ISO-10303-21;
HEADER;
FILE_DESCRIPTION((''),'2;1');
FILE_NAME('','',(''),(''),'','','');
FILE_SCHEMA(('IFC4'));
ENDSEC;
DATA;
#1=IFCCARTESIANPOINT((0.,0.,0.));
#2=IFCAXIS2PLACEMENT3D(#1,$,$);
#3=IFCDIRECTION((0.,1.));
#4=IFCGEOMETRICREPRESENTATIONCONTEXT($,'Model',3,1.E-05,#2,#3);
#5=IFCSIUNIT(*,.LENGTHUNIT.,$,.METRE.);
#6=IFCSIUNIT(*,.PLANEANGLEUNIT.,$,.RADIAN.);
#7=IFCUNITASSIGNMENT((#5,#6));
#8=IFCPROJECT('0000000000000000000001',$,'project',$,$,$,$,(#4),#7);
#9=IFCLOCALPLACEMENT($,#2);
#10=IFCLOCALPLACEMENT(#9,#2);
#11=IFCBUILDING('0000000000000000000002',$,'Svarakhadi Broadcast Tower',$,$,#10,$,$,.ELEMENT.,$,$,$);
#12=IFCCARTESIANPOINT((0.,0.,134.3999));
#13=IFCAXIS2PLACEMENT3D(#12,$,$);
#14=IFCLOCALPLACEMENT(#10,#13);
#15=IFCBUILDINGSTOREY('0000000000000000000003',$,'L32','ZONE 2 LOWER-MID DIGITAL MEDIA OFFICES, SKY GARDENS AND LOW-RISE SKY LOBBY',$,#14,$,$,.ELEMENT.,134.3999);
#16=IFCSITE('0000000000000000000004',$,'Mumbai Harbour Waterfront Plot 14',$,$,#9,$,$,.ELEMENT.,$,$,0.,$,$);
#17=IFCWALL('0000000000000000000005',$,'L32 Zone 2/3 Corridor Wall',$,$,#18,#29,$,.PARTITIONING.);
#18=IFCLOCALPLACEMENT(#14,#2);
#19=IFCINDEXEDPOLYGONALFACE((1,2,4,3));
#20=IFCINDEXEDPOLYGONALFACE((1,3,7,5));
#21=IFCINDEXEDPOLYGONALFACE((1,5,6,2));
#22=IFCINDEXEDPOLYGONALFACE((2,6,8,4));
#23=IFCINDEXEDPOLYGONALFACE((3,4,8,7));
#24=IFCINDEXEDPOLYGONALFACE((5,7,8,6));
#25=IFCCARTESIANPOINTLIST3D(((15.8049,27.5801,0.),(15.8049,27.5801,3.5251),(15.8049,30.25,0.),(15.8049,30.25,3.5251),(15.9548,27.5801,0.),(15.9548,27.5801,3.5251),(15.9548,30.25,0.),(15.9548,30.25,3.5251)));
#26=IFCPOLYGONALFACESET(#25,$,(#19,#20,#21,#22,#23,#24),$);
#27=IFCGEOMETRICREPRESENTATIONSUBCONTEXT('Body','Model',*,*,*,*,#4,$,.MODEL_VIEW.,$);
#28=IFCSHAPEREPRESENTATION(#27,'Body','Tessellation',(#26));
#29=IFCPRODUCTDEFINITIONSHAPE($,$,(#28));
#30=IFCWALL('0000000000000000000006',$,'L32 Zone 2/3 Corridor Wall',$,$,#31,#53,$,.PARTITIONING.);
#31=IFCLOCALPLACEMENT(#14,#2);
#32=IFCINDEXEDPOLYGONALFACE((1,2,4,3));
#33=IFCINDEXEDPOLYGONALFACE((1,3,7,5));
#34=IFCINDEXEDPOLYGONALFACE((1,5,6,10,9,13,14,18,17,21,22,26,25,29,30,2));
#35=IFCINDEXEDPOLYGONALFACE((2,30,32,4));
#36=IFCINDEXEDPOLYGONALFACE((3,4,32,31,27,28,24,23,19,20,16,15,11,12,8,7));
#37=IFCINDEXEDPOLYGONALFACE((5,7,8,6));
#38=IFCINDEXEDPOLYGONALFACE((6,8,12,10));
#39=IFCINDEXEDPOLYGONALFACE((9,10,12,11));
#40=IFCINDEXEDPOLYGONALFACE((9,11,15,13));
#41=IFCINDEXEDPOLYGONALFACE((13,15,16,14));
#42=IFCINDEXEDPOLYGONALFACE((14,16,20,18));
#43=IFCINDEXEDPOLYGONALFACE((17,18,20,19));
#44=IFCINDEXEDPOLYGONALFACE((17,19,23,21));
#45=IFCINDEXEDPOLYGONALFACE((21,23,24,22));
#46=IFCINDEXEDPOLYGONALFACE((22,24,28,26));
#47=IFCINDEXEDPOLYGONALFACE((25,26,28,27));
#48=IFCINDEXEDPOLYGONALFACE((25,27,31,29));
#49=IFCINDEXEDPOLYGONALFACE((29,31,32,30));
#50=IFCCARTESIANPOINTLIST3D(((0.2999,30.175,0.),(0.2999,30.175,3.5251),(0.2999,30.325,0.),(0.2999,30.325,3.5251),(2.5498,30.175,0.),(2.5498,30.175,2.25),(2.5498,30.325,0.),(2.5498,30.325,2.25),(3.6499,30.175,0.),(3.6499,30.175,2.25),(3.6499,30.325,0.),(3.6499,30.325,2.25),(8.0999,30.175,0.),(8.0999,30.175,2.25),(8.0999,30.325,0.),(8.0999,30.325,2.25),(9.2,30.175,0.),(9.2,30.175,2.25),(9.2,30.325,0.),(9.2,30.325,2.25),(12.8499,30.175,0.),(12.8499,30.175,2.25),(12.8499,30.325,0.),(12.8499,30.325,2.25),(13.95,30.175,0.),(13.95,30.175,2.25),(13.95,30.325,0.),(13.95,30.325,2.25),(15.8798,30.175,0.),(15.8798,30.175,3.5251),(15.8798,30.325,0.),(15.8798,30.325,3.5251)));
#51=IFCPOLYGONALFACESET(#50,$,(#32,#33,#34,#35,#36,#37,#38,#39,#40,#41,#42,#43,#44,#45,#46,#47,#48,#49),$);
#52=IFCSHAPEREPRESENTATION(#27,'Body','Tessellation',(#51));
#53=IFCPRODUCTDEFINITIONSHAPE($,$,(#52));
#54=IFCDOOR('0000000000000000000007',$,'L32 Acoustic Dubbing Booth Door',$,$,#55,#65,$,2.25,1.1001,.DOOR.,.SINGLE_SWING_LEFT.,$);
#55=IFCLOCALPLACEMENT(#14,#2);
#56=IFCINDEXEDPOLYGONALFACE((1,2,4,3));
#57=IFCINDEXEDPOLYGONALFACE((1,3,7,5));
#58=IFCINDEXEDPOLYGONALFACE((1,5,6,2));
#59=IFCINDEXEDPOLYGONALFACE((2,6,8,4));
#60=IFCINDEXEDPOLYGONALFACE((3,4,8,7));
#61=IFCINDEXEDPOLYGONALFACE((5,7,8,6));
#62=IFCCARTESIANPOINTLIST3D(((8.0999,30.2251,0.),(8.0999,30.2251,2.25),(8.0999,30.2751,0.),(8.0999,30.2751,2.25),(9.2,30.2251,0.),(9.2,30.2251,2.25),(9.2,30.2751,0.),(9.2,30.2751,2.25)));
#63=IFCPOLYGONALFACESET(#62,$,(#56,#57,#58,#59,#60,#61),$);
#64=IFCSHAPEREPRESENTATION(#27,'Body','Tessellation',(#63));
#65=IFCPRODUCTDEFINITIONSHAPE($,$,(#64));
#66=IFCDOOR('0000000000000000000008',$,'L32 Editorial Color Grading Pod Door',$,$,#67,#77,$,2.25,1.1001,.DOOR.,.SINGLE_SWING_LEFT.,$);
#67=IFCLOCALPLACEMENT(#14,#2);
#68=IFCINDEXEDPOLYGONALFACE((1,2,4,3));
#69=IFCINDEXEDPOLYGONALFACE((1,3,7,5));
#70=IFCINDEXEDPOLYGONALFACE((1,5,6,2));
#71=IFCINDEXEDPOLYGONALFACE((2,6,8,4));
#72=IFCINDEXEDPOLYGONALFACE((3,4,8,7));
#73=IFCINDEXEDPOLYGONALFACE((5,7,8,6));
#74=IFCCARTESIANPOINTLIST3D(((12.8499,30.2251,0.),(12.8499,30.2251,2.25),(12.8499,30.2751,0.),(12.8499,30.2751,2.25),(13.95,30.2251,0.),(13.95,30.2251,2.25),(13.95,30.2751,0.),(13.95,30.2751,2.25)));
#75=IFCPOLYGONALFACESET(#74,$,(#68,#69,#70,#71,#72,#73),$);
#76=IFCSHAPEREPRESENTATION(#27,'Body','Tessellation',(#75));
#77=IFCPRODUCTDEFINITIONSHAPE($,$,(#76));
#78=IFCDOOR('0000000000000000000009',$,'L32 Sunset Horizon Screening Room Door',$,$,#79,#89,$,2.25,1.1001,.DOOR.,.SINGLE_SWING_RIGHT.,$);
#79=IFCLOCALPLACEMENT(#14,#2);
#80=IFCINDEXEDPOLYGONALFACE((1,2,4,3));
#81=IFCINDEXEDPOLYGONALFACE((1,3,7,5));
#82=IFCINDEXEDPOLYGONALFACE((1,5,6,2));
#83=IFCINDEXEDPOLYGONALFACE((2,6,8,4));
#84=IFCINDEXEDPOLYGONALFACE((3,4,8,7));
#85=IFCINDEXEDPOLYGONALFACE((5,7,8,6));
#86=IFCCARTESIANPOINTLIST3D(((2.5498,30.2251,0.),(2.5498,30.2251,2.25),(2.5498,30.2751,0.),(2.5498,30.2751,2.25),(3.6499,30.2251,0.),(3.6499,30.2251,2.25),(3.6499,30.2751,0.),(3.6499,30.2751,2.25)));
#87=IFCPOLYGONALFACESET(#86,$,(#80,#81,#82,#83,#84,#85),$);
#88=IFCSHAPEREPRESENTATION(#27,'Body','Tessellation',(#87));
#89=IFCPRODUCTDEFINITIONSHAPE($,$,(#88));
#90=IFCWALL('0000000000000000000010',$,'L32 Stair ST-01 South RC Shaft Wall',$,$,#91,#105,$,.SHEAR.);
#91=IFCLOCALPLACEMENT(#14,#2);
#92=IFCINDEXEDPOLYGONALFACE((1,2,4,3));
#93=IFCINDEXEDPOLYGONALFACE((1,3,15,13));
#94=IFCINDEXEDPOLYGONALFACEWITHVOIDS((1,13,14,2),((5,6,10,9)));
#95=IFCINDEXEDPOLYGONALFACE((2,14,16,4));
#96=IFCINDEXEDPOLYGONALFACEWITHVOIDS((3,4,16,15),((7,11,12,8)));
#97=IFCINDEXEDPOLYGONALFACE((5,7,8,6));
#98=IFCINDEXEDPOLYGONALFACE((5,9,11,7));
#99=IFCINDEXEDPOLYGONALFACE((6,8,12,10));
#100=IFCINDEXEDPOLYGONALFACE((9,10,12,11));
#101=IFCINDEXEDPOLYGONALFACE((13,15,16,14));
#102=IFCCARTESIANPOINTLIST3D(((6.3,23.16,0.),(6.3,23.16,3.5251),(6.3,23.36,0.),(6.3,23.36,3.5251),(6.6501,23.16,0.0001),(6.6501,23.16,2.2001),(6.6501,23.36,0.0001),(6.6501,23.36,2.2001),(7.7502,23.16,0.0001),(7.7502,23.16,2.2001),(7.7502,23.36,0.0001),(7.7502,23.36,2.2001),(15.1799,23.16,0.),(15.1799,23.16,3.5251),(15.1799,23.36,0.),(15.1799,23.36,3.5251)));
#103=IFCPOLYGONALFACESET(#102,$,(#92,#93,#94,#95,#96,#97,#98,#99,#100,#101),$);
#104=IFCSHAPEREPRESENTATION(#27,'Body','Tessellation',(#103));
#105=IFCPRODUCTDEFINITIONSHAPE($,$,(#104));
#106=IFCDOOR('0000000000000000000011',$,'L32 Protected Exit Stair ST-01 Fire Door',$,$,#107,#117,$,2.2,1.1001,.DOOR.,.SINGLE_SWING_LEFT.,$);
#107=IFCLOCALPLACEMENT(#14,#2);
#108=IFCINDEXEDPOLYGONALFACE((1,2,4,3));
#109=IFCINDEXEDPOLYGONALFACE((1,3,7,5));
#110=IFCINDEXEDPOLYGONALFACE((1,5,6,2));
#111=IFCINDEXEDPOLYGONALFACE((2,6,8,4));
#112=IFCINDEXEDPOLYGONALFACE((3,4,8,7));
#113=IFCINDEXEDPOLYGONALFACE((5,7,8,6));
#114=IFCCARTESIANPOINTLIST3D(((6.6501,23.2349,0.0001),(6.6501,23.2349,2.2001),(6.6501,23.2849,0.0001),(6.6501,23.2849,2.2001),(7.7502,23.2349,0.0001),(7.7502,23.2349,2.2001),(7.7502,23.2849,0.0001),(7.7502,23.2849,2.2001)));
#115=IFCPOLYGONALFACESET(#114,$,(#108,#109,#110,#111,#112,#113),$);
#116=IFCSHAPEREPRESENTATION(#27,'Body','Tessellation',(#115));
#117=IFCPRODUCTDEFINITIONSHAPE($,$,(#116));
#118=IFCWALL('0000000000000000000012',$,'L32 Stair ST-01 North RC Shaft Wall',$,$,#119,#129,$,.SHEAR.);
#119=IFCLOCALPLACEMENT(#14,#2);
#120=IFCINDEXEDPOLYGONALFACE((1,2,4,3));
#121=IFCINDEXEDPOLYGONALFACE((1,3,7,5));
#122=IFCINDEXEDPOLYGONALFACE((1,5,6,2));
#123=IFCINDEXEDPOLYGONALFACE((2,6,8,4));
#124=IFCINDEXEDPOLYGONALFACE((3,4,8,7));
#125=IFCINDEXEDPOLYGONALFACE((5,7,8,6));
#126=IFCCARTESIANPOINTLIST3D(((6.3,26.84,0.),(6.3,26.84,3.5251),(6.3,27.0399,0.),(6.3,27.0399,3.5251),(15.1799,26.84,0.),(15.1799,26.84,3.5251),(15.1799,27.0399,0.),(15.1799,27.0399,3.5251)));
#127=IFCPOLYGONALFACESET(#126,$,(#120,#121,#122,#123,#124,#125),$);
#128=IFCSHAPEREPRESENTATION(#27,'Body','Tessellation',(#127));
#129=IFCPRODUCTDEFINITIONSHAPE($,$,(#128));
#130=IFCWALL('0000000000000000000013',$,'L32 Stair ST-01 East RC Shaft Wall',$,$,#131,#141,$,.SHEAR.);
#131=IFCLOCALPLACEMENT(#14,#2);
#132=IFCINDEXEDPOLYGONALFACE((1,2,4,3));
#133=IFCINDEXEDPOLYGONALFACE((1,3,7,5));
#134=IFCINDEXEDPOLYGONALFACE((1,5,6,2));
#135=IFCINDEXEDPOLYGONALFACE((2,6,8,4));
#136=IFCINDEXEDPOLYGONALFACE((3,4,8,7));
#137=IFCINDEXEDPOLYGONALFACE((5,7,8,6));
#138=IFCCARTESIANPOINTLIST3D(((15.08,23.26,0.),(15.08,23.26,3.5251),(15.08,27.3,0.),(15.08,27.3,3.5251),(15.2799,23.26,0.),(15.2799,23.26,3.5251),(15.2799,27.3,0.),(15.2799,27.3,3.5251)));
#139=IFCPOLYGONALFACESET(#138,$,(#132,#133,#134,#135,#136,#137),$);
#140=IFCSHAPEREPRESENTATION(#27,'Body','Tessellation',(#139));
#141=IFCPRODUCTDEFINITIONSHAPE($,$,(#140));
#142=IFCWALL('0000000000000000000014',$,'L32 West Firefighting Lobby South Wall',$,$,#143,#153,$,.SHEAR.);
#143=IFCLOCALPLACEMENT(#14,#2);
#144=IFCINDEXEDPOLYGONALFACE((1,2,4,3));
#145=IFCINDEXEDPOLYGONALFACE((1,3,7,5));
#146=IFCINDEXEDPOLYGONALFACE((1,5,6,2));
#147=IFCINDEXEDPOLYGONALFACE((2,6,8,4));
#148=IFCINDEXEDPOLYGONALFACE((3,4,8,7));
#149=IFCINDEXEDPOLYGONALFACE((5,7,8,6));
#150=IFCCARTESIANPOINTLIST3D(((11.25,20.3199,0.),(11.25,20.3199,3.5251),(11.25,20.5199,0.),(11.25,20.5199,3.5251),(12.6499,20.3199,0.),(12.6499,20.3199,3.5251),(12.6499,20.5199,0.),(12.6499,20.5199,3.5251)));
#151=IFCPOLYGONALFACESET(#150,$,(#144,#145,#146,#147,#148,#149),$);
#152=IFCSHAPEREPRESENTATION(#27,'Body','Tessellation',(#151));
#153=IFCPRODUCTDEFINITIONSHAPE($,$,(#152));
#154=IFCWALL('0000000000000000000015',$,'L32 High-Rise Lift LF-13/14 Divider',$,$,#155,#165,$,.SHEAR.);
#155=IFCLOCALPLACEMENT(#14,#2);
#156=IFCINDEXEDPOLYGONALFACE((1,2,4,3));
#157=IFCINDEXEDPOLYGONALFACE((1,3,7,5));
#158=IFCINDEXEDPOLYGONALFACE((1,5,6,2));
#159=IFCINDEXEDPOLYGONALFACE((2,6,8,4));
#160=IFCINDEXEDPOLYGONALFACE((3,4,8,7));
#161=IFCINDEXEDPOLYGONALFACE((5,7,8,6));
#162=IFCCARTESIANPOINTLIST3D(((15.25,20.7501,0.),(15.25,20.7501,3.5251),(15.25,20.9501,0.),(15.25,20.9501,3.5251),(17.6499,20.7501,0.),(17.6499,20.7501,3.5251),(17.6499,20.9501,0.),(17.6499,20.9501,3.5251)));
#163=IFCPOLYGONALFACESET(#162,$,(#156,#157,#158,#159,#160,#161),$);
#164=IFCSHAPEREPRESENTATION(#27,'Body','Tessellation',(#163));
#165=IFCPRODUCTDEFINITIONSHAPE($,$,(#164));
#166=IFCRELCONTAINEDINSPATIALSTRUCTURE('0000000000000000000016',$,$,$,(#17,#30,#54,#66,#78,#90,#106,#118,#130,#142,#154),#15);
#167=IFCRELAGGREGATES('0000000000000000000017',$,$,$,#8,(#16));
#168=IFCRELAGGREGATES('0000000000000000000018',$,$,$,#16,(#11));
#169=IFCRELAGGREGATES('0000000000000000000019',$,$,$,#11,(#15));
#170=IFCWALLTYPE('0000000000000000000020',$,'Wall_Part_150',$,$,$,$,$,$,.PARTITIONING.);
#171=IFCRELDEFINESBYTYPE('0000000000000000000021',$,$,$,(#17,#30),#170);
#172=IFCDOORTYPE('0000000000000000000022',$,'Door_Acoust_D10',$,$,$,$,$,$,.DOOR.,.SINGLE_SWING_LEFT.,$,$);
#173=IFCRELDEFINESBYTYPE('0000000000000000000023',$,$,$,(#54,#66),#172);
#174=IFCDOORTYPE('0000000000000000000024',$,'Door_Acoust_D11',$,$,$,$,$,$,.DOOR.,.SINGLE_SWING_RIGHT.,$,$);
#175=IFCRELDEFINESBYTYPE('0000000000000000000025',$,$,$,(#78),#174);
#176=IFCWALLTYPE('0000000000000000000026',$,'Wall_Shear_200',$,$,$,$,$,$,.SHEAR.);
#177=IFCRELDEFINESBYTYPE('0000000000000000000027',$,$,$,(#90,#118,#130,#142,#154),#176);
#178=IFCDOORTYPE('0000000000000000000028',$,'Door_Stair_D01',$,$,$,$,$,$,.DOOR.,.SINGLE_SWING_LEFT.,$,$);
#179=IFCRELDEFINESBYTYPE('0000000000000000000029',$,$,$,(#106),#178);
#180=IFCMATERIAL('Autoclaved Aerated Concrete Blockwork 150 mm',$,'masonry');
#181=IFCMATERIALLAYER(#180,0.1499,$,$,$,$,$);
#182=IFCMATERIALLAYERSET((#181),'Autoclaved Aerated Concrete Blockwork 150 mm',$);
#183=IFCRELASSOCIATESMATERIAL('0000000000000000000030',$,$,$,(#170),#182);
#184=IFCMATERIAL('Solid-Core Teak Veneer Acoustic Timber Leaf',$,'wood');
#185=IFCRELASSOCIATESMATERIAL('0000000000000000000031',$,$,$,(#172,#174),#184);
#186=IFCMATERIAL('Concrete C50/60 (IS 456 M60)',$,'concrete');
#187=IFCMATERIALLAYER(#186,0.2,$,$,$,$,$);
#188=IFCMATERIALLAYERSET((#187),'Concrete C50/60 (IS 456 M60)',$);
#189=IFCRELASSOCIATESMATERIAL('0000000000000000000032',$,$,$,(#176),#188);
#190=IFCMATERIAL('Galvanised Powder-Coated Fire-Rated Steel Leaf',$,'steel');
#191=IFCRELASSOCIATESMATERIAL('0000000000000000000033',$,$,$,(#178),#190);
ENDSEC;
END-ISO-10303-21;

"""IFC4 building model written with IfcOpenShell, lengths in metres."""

from ifc_helpers import new_model, si_unit, direction, frame, frame_2d, origin, place, context, subcontext, project, spatial, rectangle, extrude, material, layer, layer_set, type_object, element, fill, save


model = new_model("IFC4")

# Units and contexts
model_context = context("Model", 3, precision=1e-05, world=origin(), true_north=direction((0.0, 1.0)))
body_context = subcontext(model_context, "Body", "Model", "MODEL_VIEW")
ifc_project = project(units=[si_unit("LENGTHUNIT", "METRE"), si_unit("PLANEANGLEUNIT", "RADIAN")], contexts=[model_context])

# Site, building, storey
site_placement = place(None, origin())
site = spatial("IfcSite", under=ifc_project, at=site_placement, Name="Mumbai Harbour Waterfront Plot 14", CompositionType="ELEMENT", RefElevation=0.0)
building_placement = place(site_placement, origin())
building = spatial("IfcBuilding", under=site, at=building_placement, Name="Svarakhadi Broadcast Tower", CompositionType="ELEMENT")
storey_placement = place(building_placement, frame((0.0, 0.0, 134.3999)))
storey = spatial("IfcBuildingStorey", under=building, at=storey_placement, Name="L32", Description="ZONE 2 LOWER-MID DIGITAL MEDIA OFFICES, SKY GARDENS AND LOW-RISE SKY LOBBY", CompositionType="ELEMENT", Elevation=134.3999)

# Shared definitions
ifc_material_1 = material(Name="Concrete C50/60 (IS 456 M60)", Category="concrete")

# Wall
ifc_material_2 = material(Name="Autoclaved Aerated Concrete Blockwork 150 mm", Category="masonry")
ifc_layer_1 = layer(ifc_material_2, 0.1499)
ifc_layer_set_1 = layer_set([ifc_layer_1], Name="Autoclaved Aerated Concrete Blockwork 150 mm")
wall_type_1 = type_object("IfcWallType", Name="Wall_Part_150", PredefinedType="PARTITIONING", material=ifc_layer_set_1)
for number, where, z_axis, x_axis, name in (
    (1, (15.8799, 27.5801, 0.0), (0.0, 0.0, 1.0), (0.0, 1.0, 0.0), "L32 Zone 2/3 Corridor Wall"),
):
    element("IfcWall", number, at=place(storey_placement, frame(where, z_axis=z_axis, x_axis=x_axis)), inside=storey, type_object=wall_type_1, Name=name, PredefinedType="PARTITIONING", context=body_context, shape_type="SweptSolid", body=[
        extrude(rectangle(XDim=2.6699, YDim=0.1499, at=frame_2d((1.335, 0.0))), origin(), (0.0, 0.0, 1.0), 3.5251),
    ])

# Wall, openings, doors
wall_1_placement = place(storey_placement, frame((15.8799, 30.25, 0.0), z_axis=(0.0, 0.0, 1.0), x_axis=(-1.0, 0.0, 0.0)))
wall_1 = element("IfcWall", 2, at=wall_1_placement, inside=storey, type_object=wall_type_1, Name="L32 Zone 2/3 Corridor Wall", PredefinedType="PARTITIONING", context=body_context, shape_type="SweptSolid", body=[
    extrude(rectangle(XDim=15.5798, YDim=0.1499, at=frame_2d((7.79, 0.0))), origin(), (0.0, 0.0, 1.0), 3.5251),
])
opening_1_placement = place(wall_1_placement, frame((12.23, 0.0, 0.0)))
opening_1 = element("IfcOpeningElement", 3, at=opening_1_placement, cuts=wall_1, PredefinedType="OPENING", context=body_context, shape_type="SweptSolid", body=[
    extrude(rectangle(XDim=1.1001, YDim=2.25, at=frame_2d((0.55, 1.125))), frame((0.0, 0.085, 0.0), z_axis=(0.0, -1.0, 0.0), x_axis=(1.0, 0.0, 0.0)), (0.0, 0.0, 1.0), 0.1699),
])
opening_2_placement = place(wall_1_placement, frame((6.6799, 0.0, 0.0)))
opening_2 = element("IfcOpeningElement", 4, at=opening_2_placement, cuts=wall_1, PredefinedType="OPENING", context=body_context, shape_type="SweptSolid", body=[
    extrude(rectangle(XDim=1.1001, YDim=2.25, at=frame_2d((0.55, 1.125))), frame((0.0, 0.085, 0.0), z_axis=(0.0, -1.0, 0.0), x_axis=(1.0, 0.0, 0.0)), (0.0, 0.0, 1.0), 0.1699),
])
opening_3_placement = place(wall_1_placement, frame((1.9299, 0.0, 0.0)))
opening_3 = element("IfcOpeningElement", 5, at=opening_3_placement, cuts=wall_1, PredefinedType="OPENING", context=body_context, shape_type="SweptSolid", body=[
    extrude(rectangle(XDim=1.1001, YDim=2.25, at=frame_2d((0.55, 1.125))), frame((0.0, 0.085, 0.0), z_axis=(0.0, -1.0, 0.0), x_axis=(1.0, 0.0, 0.0)), (0.0, 0.0, 1.0), 0.1699),
])
ifc_material_3 = material(Name="Solid-Core Teak Veneer Acoustic Timber Leaf", Category="wood")
door_type_1 = type_object("IfcDoorType", Name="Door_Acoust_D10", OperationType="SINGLE_SWING_LEFT", PredefinedType="DOOR", material=ifc_material_3)
door_1_placement = place(opening_2_placement, origin())
door_1 = element("IfcDoor", 6, at=door_1_placement, inside=storey, type_object=door_type_1, Name="L32 Acoustic Dubbing Booth Door", OperationType="SINGLE_SWING_LEFT", OverallHeight=2.25, OverallWidth=1.1001, PredefinedType="DOOR", context=body_context, shape_type="SweptSolid", body=[
    extrude(rectangle(XDim=1.1001, YDim=2.25, at=frame_2d((0.55, 1.125))), frame((0.0, 0.0249, 0.0), z_axis=(0.0, -1.0, 0.0), x_axis=(1.0, 0.0, 0.0)), (0.0, 0.0, 1.0), 0.05),
])
fill(opening_2, door_1)
door_2_placement = place(opening_3_placement, origin())
door_2 = element("IfcDoor", 7, at=door_2_placement, inside=storey, type_object=door_type_1, Name="L32 Editorial Color Grading Pod Door", OperationType="SINGLE_SWING_LEFT", OverallHeight=2.25, OverallWidth=1.1001, PredefinedType="DOOR", context=body_context, shape_type="SweptSolid", body=[
    extrude(rectangle(XDim=1.1001, YDim=2.25, at=frame_2d((0.55, 1.125))), frame((0.0, 0.0249, 0.0), z_axis=(0.0, -1.0, 0.0), x_axis=(1.0, 0.0, 0.0)), (0.0, 0.0, 1.0), 0.05),
])
fill(opening_3, door_2)
door_type_2 = type_object("IfcDoorType", Name="Door_Acoust_D11", OperationType="SINGLE_SWING_RIGHT", PredefinedType="DOOR", material=ifc_material_3)
door_3_placement = place(opening_1_placement, origin())
door_3 = element("IfcDoor", 8, at=door_3_placement, inside=storey, type_object=door_type_2, Name="L32 Sunset Horizon Screening Room Door", OperationType="SINGLE_SWING_RIGHT", OverallHeight=2.25, OverallWidth=1.1001, PredefinedType="DOOR", context=body_context, shape_type="SweptSolid", body=[
    extrude(rectangle(XDim=1.1001, YDim=2.25, at=frame_2d((0.55, 1.125))), frame((0.0, 0.0249, 0.0), z_axis=(0.0, -1.0, 0.0), x_axis=(1.0, 0.0, 0.0)), (0.0, 0.0, 1.0), 0.05),
])
fill(opening_1, door_3)

# Wall, opening, door
ifc_layer_2 = layer(ifc_material_1, 0.2)
ifc_layer_set_2 = layer_set([ifc_layer_2], Name="Concrete C50/60 (IS 456 M60)")
wall_type_2 = type_object("IfcWallType", Name="Wall_Shear_200", PredefinedType="SHEAR", material=ifc_layer_set_2)
wall_2_placement = place(storey_placement, frame((6.3, 23.26, 0.0), z_axis=(0.0, 0.0, 1.0), x_axis=(1.0, 0.0, 0.0)))
wall_2 = element("IfcWall", 9, at=wall_2_placement, inside=storey, type_object=wall_type_2, Name="L32 Stair ST-01 South RC Shaft Wall", PredefinedType="SHEAR", context=body_context, shape_type="SweptSolid", body=[
    extrude(rectangle(XDim=8.8799, YDim=0.2, at=frame_2d((4.4399, 0.0))), origin(), (0.0, 0.0, 1.0), 3.5251),
])
opening_4_placement = place(wall_2_placement, frame((0.3501, 0.0, 0.0)))
opening_4 = element("IfcOpeningElement", 10, at=opening_4_placement, cuts=wall_2, PredefinedType="OPENING", context=body_context, shape_type="SweptSolid", body=[
    extrude(rectangle(XDim=1.1001, YDim=2.2, at=frame_2d((0.55, 1.1001))), frame((0.0, 0.1099, 0.0), z_axis=(0.0, -1.0, 0.0), x_axis=(1.0, 0.0, 0.0)), (0.0, 0.0, 1.0), 0.22),
])
ifc_material_4 = material(Name="Galvanised Powder-Coated Fire-Rated Steel Leaf", Category="steel")
door_type_3 = type_object("IfcDoorType", Name="Door_Stair_D01", OperationType="SINGLE_SWING_LEFT", PredefinedType="DOOR", material=ifc_material_4)
door_4_placement = place(opening_4_placement, origin())
door_4 = element("IfcDoor", 11, at=door_4_placement, inside=storey, type_object=door_type_3, Name="L32 Protected Exit Stair ST-01 Fire Door", OperationType="SINGLE_SWING_LEFT", OverallHeight=2.2, OverallWidth=1.1001, PredefinedType="DOOR", context=body_context, shape_type="SweptSolid", body=[
    extrude(rectangle(XDim=1.1001, YDim=2.2, at=frame_2d((0.55, 1.1001))), frame((0.0, 0.0249, 0.0), z_axis=(0.0, -1.0, 0.0), x_axis=(1.0, 0.0, 0.0)), (0.0, 0.0, 1.0), 0.05),
])
fill(opening_4, door_4)

# Walls
wall_3_placement = place(storey_placement, frame((6.3, 26.9399, 0.0), z_axis=(0.0, 0.0, 1.0), x_axis=(1.0, 0.0, 0.0)))
element("IfcWall", 12, at=wall_3_placement, inside=storey, type_object=wall_type_2, Name="L32 Stair ST-01 North RC Shaft Wall", PredefinedType="SHEAR", context=body_context, shape_type="SweptSolid", body=[
    extrude(rectangle(XDim=8.8799, YDim=0.2, at=frame_2d((4.4399, 0.0))), origin(), (0.0, 0.0, 1.0), 3.5251),
])
wall_4_placement = place(storey_placement, frame((15.1799, 23.26, 0.0), z_axis=(0.0, 0.0, 1.0), x_axis=(0.0, 1.0, 0.0)))
element("IfcWall", 13, at=wall_4_placement, inside=storey, type_object=wall_type_2, Name="L32 Stair ST-01 East RC Shaft Wall", PredefinedType="SHEAR", context=body_context, shape_type="SweptSolid", body=[
    extrude(rectangle(XDim=4.04, YDim=0.2, at=frame_2d((2.02, 0.0))), origin(), (0.0, 0.0, 1.0), 3.5251),
])
wall_5_placement = place(storey_placement, frame((11.25, 20.4199, 0.0), z_axis=(0.0, 0.0, 1.0), x_axis=(1.0, 0.0, 0.0)))
element("IfcWall", 14, at=wall_5_placement, inside=storey, type_object=wall_type_2, Name="L32 West Firefighting Lobby South Wall", PredefinedType="SHEAR", context=body_context, shape_type="SweptSolid", body=[
    extrude(rectangle(XDim=1.3999, YDim=0.2, at=frame_2d((0.7, 0.0))), origin(), (0.0, 0.0, 1.0), 3.5251),
])

# Wall
wall_6_placement = place(storey_placement, frame((15.25, 20.8501, 0.0), z_axis=(0.0, 0.0, 1.0), x_axis=(1.0, 0.0, 0.0)))
element("IfcWall", 15, at=wall_6_placement, inside=storey, type_object=wall_type_2, Name="L32 High-Rise Lift LF-13/14 Divider", PredefinedType="SHEAR", context=body_context, shape_type="SweptSolid", body=[
    extrude(rectangle(XDim=2.3999, YDim=0.2, at=frame_2d((1.2, 0.0))), origin(), (0.0, 0.0, 1.0), 3.5251),
])

save(model, "model.ifc")
